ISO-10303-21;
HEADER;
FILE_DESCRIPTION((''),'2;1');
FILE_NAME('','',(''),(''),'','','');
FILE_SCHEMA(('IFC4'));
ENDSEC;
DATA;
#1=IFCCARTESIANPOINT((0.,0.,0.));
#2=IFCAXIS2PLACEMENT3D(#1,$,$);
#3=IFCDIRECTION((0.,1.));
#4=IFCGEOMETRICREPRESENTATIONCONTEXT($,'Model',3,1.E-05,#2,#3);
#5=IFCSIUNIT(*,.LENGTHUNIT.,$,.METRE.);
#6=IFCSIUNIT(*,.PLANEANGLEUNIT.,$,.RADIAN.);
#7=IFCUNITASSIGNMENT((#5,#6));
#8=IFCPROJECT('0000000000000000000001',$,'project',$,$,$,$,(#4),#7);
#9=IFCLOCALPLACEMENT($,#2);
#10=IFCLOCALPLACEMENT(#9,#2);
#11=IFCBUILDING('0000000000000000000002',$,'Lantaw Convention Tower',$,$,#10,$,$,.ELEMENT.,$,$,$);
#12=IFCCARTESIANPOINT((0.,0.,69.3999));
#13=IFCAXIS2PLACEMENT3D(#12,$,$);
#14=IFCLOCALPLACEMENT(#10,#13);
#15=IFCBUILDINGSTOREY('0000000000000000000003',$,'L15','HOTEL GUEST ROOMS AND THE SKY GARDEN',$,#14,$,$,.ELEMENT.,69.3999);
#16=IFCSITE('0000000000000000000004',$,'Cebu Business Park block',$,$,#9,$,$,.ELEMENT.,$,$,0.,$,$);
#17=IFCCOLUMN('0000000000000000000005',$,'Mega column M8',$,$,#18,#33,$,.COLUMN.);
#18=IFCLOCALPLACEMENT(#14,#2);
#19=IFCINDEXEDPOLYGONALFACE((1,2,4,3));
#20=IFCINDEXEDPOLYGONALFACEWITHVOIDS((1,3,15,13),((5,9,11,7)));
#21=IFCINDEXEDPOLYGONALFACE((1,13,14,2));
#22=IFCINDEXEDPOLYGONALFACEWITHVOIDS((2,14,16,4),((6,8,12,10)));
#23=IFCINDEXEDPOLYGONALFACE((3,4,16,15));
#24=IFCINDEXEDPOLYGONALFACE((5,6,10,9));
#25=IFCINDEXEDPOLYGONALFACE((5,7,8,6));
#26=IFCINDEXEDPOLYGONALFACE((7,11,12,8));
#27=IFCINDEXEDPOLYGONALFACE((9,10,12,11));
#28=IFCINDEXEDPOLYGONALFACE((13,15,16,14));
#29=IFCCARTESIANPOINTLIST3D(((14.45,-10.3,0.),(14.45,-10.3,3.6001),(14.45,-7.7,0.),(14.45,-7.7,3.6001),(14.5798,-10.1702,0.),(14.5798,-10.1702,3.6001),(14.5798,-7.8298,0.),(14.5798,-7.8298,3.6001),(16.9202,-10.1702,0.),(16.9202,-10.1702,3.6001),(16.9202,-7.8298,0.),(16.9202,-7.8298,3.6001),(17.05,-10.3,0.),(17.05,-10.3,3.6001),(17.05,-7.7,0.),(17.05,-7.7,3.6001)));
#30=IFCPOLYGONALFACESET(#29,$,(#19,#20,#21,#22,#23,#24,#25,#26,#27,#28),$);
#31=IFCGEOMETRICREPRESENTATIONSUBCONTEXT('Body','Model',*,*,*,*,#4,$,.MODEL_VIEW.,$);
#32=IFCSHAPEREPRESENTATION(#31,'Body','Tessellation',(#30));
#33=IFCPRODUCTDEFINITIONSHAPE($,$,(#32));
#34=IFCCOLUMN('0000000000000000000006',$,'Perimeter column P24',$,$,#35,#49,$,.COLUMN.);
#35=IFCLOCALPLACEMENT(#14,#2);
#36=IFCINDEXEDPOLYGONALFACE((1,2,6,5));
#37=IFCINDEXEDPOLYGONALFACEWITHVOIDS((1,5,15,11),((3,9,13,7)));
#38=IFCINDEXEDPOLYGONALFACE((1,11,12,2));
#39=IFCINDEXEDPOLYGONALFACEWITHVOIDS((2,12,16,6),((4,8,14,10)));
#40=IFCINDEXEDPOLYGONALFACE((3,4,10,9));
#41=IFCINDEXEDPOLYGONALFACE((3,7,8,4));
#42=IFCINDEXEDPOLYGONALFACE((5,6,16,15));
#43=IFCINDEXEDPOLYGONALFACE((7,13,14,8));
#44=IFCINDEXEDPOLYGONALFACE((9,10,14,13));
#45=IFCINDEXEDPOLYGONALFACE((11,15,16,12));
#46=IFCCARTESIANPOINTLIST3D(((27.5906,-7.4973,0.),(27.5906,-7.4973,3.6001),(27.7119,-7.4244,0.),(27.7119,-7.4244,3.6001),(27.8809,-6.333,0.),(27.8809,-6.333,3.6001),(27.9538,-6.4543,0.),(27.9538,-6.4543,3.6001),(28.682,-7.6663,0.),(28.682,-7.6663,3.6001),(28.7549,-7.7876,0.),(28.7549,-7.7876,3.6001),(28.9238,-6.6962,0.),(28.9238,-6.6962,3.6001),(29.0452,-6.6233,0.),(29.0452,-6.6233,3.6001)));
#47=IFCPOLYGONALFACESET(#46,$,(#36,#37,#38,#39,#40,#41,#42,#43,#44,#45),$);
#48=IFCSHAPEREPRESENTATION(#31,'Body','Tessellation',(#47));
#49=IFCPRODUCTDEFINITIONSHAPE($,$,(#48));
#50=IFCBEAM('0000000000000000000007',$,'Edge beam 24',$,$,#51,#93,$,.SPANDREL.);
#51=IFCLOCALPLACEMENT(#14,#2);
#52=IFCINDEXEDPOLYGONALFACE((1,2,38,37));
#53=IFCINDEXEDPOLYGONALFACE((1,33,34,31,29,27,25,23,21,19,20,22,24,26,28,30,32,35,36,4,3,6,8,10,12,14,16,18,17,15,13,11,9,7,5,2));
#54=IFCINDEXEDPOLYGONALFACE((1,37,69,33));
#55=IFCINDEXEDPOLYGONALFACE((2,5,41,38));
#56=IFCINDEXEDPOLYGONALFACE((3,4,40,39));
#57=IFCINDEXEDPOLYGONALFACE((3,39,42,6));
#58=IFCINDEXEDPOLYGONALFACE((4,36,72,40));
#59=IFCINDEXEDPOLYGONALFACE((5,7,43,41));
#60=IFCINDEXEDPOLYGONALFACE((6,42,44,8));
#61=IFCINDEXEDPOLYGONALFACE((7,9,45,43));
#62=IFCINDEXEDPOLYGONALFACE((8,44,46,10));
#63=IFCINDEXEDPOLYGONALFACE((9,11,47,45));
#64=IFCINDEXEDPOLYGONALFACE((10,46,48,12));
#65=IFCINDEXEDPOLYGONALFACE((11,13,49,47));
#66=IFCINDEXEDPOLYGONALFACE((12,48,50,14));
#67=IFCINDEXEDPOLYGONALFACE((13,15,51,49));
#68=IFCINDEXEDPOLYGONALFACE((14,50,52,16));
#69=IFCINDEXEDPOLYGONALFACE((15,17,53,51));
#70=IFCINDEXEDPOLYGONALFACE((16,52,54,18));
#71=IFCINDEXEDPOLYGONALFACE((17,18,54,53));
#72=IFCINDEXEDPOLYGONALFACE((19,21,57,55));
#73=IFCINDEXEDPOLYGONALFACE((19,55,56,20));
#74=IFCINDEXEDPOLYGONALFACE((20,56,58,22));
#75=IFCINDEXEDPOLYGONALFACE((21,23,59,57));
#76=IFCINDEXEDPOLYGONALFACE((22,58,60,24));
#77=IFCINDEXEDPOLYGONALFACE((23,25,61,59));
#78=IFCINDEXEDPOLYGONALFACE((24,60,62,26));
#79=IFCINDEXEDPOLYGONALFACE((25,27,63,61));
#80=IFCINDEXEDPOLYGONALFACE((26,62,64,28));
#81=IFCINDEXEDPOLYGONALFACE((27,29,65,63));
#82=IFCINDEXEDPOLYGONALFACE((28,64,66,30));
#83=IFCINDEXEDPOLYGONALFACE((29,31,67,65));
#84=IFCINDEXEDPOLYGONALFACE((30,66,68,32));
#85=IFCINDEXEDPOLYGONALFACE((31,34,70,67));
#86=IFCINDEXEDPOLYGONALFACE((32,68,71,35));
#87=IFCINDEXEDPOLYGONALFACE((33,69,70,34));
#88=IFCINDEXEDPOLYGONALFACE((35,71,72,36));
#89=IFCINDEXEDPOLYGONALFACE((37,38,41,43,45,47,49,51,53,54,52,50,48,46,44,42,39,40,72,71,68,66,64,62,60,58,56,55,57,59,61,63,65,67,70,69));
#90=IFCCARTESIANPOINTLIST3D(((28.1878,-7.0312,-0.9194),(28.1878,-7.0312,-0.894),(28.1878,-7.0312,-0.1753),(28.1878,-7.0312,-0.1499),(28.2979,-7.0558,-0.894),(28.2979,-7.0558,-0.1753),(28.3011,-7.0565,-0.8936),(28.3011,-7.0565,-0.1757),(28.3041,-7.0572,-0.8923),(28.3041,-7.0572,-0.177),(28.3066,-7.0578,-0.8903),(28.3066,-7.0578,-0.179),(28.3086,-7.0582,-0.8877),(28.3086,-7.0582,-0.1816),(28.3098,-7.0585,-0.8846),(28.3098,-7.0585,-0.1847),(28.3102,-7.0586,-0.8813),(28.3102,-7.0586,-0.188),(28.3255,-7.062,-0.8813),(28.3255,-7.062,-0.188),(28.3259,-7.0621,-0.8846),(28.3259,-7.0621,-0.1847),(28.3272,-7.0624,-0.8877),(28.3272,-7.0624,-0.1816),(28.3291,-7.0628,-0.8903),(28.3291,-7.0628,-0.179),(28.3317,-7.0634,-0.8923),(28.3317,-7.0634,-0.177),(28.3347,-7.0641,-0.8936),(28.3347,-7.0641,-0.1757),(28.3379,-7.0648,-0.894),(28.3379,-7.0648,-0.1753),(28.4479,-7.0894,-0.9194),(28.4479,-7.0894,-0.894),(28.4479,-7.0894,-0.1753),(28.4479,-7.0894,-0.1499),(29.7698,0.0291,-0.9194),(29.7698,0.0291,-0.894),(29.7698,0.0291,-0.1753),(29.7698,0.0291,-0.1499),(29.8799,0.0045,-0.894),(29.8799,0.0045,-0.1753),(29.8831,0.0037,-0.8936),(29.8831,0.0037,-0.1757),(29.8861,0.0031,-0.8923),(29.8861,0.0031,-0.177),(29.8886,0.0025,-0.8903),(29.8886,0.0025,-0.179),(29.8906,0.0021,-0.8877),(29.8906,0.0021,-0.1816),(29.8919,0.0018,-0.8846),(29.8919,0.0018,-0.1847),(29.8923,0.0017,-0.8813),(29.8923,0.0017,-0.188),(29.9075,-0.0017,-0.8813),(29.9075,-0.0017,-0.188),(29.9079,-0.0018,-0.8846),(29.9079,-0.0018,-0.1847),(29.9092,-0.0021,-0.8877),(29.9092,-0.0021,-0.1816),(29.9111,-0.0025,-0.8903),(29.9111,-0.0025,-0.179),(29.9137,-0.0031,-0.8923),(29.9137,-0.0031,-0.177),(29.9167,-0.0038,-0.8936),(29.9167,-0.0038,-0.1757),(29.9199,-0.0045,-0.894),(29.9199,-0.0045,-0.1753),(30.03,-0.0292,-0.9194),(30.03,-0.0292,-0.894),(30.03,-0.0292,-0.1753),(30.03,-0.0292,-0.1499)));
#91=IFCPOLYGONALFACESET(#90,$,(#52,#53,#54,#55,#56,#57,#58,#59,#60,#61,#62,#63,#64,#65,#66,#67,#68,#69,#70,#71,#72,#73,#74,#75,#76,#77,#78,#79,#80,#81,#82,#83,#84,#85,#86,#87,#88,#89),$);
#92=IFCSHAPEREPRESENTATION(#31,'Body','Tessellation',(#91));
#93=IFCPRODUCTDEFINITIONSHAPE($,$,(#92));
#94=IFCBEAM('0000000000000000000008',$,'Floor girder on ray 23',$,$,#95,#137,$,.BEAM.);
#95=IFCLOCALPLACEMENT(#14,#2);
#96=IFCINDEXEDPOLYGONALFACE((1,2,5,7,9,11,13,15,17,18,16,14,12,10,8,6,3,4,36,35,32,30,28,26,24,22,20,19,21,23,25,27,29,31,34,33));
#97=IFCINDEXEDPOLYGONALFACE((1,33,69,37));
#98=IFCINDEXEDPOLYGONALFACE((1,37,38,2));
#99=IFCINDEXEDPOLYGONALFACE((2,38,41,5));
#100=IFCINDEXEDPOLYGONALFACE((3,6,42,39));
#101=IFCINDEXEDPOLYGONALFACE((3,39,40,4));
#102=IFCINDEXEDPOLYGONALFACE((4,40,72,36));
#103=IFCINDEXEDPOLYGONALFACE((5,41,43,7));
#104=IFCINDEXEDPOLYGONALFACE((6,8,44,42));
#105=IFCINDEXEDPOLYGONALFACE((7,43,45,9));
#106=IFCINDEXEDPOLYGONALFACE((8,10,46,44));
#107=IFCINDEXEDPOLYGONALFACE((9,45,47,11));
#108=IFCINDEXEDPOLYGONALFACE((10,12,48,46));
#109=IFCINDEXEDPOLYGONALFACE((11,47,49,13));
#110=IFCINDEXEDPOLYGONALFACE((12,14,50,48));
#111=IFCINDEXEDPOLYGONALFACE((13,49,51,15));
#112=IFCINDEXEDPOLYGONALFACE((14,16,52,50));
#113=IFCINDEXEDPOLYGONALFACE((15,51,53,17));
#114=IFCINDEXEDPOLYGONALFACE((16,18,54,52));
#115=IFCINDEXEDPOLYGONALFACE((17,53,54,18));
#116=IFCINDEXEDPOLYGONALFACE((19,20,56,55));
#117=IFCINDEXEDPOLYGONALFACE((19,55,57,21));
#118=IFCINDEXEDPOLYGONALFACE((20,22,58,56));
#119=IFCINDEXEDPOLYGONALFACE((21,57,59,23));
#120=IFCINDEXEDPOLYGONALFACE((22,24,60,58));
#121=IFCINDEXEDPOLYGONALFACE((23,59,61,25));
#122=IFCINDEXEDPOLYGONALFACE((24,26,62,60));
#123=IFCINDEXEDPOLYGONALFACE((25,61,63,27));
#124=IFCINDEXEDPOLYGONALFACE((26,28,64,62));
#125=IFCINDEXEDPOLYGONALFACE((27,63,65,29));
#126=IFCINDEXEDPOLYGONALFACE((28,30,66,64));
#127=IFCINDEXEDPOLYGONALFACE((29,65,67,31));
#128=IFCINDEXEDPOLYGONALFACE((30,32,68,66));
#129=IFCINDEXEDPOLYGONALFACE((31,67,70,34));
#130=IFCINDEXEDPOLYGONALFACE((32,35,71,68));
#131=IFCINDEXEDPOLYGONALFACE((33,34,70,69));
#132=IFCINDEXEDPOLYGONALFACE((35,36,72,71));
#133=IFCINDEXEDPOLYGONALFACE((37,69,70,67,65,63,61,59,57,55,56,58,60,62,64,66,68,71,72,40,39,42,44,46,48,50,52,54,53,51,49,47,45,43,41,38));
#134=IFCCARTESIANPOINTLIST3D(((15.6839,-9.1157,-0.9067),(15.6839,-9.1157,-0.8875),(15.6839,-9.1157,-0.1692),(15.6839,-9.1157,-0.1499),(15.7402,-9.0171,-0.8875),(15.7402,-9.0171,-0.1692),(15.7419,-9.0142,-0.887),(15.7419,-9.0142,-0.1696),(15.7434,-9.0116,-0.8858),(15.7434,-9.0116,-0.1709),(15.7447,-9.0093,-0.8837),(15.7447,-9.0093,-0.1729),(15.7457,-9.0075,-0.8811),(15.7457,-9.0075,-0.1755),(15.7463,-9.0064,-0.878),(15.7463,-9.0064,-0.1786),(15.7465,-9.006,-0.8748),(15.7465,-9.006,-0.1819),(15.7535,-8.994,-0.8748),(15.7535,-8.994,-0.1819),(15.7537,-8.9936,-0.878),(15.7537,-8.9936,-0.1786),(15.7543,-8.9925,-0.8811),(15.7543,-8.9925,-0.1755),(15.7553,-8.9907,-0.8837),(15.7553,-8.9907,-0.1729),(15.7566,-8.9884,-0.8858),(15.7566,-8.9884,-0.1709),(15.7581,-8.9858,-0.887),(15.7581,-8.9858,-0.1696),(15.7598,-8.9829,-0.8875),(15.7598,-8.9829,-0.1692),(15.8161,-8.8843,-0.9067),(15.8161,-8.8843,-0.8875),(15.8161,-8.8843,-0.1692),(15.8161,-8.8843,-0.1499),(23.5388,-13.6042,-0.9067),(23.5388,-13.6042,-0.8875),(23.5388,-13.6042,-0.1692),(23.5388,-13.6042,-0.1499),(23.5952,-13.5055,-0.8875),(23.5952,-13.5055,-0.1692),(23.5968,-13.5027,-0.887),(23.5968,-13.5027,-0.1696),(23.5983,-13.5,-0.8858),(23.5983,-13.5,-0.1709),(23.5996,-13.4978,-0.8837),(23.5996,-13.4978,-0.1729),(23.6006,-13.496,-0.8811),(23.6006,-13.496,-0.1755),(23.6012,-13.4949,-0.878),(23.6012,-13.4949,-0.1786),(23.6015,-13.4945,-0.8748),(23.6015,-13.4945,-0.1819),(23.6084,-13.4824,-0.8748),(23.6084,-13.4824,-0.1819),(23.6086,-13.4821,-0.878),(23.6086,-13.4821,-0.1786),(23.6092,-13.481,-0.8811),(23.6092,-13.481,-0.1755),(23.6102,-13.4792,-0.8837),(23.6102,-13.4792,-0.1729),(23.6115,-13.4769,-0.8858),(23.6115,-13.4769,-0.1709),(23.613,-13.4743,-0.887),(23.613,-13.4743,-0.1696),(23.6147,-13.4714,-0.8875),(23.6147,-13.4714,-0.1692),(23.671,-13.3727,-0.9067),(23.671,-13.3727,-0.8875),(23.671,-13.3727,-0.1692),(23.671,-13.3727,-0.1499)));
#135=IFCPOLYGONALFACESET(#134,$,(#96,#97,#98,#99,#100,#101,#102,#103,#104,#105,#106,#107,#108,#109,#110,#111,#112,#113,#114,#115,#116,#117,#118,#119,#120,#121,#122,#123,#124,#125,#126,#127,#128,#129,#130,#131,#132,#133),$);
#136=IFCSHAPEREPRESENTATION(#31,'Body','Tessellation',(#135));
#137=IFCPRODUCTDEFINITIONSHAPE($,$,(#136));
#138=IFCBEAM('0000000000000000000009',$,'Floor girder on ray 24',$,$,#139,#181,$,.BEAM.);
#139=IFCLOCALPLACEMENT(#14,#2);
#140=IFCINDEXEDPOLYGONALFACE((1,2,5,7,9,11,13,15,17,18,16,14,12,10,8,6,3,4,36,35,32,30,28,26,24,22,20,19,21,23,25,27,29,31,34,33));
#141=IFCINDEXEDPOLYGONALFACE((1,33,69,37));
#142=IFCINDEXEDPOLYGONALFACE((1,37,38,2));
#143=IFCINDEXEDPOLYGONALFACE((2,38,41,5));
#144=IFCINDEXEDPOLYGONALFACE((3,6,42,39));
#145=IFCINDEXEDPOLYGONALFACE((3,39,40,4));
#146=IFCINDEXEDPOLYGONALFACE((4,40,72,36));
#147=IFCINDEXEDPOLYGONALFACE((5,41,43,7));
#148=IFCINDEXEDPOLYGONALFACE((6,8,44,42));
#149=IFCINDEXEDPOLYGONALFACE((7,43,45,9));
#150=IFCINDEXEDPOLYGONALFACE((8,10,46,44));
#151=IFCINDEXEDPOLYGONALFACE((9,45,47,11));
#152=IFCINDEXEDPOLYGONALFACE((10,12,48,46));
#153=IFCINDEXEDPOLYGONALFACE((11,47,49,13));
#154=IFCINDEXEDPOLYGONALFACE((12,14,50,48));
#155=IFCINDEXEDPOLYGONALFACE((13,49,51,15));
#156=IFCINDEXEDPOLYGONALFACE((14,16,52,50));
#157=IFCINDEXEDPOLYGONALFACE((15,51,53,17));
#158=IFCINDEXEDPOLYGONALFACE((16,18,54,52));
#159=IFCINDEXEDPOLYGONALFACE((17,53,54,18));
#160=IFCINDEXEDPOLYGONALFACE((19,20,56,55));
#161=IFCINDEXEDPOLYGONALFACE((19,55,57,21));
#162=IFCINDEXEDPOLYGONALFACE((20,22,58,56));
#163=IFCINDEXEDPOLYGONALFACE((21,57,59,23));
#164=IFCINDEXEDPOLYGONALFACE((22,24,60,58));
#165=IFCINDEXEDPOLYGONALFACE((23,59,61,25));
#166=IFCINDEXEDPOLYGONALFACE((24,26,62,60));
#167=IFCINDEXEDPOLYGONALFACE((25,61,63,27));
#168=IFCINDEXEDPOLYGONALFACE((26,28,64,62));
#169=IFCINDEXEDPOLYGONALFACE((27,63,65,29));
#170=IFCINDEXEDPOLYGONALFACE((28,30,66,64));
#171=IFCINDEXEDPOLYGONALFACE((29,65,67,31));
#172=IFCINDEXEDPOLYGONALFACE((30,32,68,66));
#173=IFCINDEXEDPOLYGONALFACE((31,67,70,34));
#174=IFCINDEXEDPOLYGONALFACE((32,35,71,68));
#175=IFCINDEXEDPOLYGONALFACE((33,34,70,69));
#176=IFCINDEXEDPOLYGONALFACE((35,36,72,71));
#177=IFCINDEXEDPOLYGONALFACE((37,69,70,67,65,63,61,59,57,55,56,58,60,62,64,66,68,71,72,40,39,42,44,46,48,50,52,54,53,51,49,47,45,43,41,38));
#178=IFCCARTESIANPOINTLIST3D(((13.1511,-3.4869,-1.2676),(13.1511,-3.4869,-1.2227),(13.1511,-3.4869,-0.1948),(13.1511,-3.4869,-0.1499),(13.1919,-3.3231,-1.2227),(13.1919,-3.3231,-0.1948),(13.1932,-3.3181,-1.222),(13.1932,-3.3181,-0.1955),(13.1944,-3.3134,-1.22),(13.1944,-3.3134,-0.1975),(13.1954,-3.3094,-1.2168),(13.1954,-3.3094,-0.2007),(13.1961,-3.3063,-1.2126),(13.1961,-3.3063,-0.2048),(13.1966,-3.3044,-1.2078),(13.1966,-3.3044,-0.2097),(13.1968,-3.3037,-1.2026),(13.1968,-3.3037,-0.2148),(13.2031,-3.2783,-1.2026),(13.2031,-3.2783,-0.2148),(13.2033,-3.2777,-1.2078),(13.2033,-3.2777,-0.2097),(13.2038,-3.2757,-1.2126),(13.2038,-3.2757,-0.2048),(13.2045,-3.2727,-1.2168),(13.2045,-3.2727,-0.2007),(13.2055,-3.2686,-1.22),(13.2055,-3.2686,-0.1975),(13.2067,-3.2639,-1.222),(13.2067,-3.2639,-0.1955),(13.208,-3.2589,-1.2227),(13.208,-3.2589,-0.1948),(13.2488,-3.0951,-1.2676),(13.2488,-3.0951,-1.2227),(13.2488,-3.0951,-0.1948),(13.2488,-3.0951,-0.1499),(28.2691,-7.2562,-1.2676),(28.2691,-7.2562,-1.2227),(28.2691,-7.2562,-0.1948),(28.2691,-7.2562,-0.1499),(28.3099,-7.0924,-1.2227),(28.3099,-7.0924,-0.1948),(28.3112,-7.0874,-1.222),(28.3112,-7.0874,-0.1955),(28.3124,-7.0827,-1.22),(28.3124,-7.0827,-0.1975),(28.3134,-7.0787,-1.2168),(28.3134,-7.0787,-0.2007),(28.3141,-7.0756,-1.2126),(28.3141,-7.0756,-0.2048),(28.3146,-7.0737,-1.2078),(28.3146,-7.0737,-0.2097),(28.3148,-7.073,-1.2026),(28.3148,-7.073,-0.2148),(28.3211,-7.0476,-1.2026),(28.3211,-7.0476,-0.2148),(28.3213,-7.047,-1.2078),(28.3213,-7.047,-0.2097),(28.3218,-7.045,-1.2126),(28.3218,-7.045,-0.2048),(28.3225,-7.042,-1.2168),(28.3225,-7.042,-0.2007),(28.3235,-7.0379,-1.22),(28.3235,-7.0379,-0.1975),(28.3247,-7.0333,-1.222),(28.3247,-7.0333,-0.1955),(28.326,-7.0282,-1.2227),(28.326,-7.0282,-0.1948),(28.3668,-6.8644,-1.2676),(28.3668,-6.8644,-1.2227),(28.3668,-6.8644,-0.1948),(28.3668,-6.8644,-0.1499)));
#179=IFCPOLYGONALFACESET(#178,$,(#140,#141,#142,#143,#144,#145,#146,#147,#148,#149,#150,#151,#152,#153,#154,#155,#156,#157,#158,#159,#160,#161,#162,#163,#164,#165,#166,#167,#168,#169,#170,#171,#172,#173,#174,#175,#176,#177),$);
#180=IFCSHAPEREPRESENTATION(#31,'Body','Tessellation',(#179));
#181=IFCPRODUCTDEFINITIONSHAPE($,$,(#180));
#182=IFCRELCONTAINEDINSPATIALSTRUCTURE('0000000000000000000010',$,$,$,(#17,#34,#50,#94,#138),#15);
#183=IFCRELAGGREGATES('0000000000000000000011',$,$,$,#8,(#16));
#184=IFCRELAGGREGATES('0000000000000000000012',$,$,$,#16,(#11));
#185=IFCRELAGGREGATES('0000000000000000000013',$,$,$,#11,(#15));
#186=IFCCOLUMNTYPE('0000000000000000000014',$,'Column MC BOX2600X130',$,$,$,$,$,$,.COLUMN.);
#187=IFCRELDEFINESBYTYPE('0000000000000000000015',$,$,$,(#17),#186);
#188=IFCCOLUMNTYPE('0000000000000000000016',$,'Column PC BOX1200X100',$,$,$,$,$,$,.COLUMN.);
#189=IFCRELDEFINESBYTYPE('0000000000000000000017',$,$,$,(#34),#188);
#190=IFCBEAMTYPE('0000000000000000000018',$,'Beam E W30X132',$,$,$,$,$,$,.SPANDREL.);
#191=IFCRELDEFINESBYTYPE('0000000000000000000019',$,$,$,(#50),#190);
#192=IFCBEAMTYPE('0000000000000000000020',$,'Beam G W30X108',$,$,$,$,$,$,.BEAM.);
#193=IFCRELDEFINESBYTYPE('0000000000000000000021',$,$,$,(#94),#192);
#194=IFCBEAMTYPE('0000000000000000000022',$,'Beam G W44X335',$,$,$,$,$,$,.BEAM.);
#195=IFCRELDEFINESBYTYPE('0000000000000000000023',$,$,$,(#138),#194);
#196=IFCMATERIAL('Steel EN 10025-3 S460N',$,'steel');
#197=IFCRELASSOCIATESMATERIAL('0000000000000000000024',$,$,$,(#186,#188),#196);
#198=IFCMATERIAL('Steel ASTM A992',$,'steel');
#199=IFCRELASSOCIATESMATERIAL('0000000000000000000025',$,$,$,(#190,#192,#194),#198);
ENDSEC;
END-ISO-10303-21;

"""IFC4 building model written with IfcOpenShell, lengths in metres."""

from ifc_helpers import new_model, si_unit, direction, frame, origin, origin_2d, place, context, subcontext, project, spatial, rectangle, hollow_rectangle, i_section, extrude, material, material_profile, profile_set, type_object, element, save


model = new_model("IFC4")

# Units and contexts
model_context = context("Model", 3, precision=1e-05, world=origin(), true_north=direction((0.0, 1.0)))
body_context = subcontext(model_context, "Body", "Model", "MODEL_VIEW")
ifc_project = project(units=[si_unit("LENGTHUNIT", "METRE"), si_unit("PLANEANGLEUNIT", "RADIAN")], contexts=[model_context])

# Site, building, storey
site_placement = place(None, origin())
site = spatial("IfcSite", under=ifc_project, at=site_placement, Name="Cebu Business Park block", CompositionType="ELEMENT", RefElevation=0.0)
building_placement = place(site_placement, origin())
building = spatial("IfcBuilding", under=site, at=building_placement, Name="Lantaw Convention Tower", CompositionType="ELEMENT")
storey_placement = place(building_placement, frame((0.0, 0.0, 69.3999)))
storey = spatial("IfcBuildingStorey", under=building, at=storey_placement, Name="L15", Description="HOTEL GUEST ROOMS AND THE SKY GARDEN", CompositionType="ELEMENT", Elevation=69.3999)

# Columns
ifc_material_1 = material(Name="Steel EN 10025-3 S460N", Category="steel")
ifc_material_profile_1 = material_profile(ifc_material_1, hollow_rectangle(XDim=2.6001, YDim=2.6001, WallThickness=0.1299, at=origin_2d()), Name="BOX2600X130")
ifc_material_2 = material(Name="Concrete C60/75", Category="concrete")
ifc_material_profile_2 = material_profile(ifc_material_2, rectangle(XDim=2.3401, YDim=2.3401, at=origin_2d()), Name="Concrete fill of BOX2600X130")
ifc_profile_set_1 = profile_set([ifc_material_profile_1, ifc_material_profile_2], Name="Steel EN 10025-3 S460N")
column_type_1 = type_object("IfcColumnType", Name="Column MC BOX2600X130", PredefinedType="COLUMN", material=ifc_profile_set_1)
column_1_placement = place(storey_placement, frame((15.75, -9.0, 0.0), z_axis=(0.0, 0.0, 1.0), x_axis=(1.0, 0.0, 0.0)))
element("IfcColumn", 1, at=column_1_placement, inside=storey, type_object=column_type_1, Name="Mega column M8", PredefinedType="COLUMN", context=body_context, shape_type="SweptSolid", body=[
    extrude(hollow_rectangle(XDim=2.6001, YDim=2.6001, WallThickness=0.1299, at=origin_2d()), origin(), (0.0, 0.0, 1.0), 3.6001),
])
ifc_material_profile_3 = material_profile(ifc_material_1, hollow_rectangle(XDim=1.2, YDim=1.2, WallThickness=0.1001, at=origin_2d()), Name="BOX1200X100")
ifc_material_profile_4 = material_profile(ifc_material_2, rectangle(XDim=1.0, YDim=1.0, at=origin_2d()), Name="Concrete fill of BOX1200X100")
ifc_profile_set_2 = profile_set([ifc_material_profile_3, ifc_material_profile_4], Name="Steel EN 10025-3 S460N")
column_type_2 = type_object("IfcColumnType", Name="Column PC BOX1200X100", PredefinedType="COLUMN", material=ifc_profile_set_2)
column_2_placement = place(storey_placement, frame((28.3179, -7.0603, 0.0), z_axis=(0.0, 0.0, 1.0), x_axis=(0.241922, 0.970296, 0.0)))
element("IfcColumn", 2, at=column_2_placement, inside=storey, type_object=column_type_2, Name="Perimeter column P24", PredefinedType="COLUMN", context=body_context, shape_type="SweptSolid", body=[
    extrude(hollow_rectangle(XDim=1.2, YDim=1.2, WallThickness=0.1001, at=origin_2d()), origin(), (0.0, 0.0, 1.0), 3.6001),
])

# Beams
ifc_material_3 = material(Name="Steel ASTM A992", Category="steel")
ifc_material_profile_5 = material_profile(ifc_material_3, i_section(OverallWidth=0.2666, OverallDepth=0.7695, WebThickness=0.0156, FlangeThickness=0.0254, FilletRadius=0.0127, at=origin_2d()), Name="W30X132")
ifc_profile_set_3 = profile_set([ifc_material_profile_5], Name="Steel ASTM A992")
beam_type_1 = type_object("IfcBeamType", Name="Beam E W30X132", PredefinedType="SPANDREL", material=ifc_profile_set_3)
beam_1_placement = place(storey_placement, frame((28.3179, -7.0603, -0.5347), z_axis=(0.218652, 0.975803, 0.0), x_axis=(-0.975803, 0.218652, 0.0)))
element("IfcBeam", 3, at=beam_1_placement, inside=storey, type_object=beam_type_1, Name="Edge beam 24", PredefinedType="SPANDREL", context=body_context, shape_type="SweptSolid", body=[
    extrude(i_section(OverallWidth=0.2666, OverallDepth=0.7695, WebThickness=0.0156, FlangeThickness=0.0254, FilletRadius=0.0127, at=origin_2d()), origin(), (0.0, 0.0, 1.0), 7.2354),
])
ifc_material_profile_6 = material_profile(ifc_material_3, i_section(OverallWidth=0.2666, OverallDepth=0.7568, WebThickness=0.0139, FlangeThickness=0.0193, FilletRadius=0.0127, at=origin_2d()), Name="W30X108")
ifc_profile_set_4 = profile_set([ifc_material_profile_6], Name="Steel ASTM A992")
beam_type_2 = type_object("IfcBeamType", Name="Beam G W30X108", PredefinedType="BEAM", material=ifc_profile_set_4)
beam_2_placement = place(storey_placement, frame((15.75, -9.0, -0.5283), z_axis=(0.868245, -0.496136, 0.0), x_axis=(0.496136, 0.868245, 0.0)))
element("IfcBeam", 4, at=beam_2_placement, inside=storey, type_object=beam_type_2, Name="Floor girder on ray 23", PredefinedType="BEAM", context=body_context, shape_type="SweptSolid", body=[
    extrude(i_section(OverallWidth=0.2666, OverallDepth=0.7568, WebThickness=0.0139, FlangeThickness=0.0193, FilletRadius=0.0127, at=origin_2d()), origin(), (0.0, 0.0, 1.0), 9.0469),
])
ifc_material_profile_7 = material_profile(ifc_material_3, i_section(OverallWidth=0.4038, OverallDepth=1.1177, WebThickness=0.0261, FlangeThickness=0.0449, FilletRadius=0.02, at=origin_2d()), Name="W44X335")
ifc_profile_set_5 = profile_set([ifc_material_profile_7], Name="Steel ASTM A992")
beam_type_3 = type_object("IfcBeamType", Name="Beam G W44X335", PredefinedType="BEAM", material=ifc_profile_set_5)
beam_3_placement = place(storey_placement, frame((13.2, -3.291, -0.7087), z_axis=(0.970296, -0.24192, 0.0), x_axis=(0.24192, 0.970296, 0.0)))
element("IfcBeam", 5, at=beam_3_placement, inside=storey, type_object=beam_type_3, Name="Floor girder on ray 24", PredefinedType="BEAM", context=body_context, shape_type="SweptSolid", body=[
    extrude(i_section(OverallWidth=0.4038, OverallDepth=1.1177, WebThickness=0.0261, FlangeThickness=0.0449, FilletRadius=0.02, at=origin_2d()), origin(), (0.0, 0.0, 1.0), 15.5808),
])

save(model, "model.ifc")
